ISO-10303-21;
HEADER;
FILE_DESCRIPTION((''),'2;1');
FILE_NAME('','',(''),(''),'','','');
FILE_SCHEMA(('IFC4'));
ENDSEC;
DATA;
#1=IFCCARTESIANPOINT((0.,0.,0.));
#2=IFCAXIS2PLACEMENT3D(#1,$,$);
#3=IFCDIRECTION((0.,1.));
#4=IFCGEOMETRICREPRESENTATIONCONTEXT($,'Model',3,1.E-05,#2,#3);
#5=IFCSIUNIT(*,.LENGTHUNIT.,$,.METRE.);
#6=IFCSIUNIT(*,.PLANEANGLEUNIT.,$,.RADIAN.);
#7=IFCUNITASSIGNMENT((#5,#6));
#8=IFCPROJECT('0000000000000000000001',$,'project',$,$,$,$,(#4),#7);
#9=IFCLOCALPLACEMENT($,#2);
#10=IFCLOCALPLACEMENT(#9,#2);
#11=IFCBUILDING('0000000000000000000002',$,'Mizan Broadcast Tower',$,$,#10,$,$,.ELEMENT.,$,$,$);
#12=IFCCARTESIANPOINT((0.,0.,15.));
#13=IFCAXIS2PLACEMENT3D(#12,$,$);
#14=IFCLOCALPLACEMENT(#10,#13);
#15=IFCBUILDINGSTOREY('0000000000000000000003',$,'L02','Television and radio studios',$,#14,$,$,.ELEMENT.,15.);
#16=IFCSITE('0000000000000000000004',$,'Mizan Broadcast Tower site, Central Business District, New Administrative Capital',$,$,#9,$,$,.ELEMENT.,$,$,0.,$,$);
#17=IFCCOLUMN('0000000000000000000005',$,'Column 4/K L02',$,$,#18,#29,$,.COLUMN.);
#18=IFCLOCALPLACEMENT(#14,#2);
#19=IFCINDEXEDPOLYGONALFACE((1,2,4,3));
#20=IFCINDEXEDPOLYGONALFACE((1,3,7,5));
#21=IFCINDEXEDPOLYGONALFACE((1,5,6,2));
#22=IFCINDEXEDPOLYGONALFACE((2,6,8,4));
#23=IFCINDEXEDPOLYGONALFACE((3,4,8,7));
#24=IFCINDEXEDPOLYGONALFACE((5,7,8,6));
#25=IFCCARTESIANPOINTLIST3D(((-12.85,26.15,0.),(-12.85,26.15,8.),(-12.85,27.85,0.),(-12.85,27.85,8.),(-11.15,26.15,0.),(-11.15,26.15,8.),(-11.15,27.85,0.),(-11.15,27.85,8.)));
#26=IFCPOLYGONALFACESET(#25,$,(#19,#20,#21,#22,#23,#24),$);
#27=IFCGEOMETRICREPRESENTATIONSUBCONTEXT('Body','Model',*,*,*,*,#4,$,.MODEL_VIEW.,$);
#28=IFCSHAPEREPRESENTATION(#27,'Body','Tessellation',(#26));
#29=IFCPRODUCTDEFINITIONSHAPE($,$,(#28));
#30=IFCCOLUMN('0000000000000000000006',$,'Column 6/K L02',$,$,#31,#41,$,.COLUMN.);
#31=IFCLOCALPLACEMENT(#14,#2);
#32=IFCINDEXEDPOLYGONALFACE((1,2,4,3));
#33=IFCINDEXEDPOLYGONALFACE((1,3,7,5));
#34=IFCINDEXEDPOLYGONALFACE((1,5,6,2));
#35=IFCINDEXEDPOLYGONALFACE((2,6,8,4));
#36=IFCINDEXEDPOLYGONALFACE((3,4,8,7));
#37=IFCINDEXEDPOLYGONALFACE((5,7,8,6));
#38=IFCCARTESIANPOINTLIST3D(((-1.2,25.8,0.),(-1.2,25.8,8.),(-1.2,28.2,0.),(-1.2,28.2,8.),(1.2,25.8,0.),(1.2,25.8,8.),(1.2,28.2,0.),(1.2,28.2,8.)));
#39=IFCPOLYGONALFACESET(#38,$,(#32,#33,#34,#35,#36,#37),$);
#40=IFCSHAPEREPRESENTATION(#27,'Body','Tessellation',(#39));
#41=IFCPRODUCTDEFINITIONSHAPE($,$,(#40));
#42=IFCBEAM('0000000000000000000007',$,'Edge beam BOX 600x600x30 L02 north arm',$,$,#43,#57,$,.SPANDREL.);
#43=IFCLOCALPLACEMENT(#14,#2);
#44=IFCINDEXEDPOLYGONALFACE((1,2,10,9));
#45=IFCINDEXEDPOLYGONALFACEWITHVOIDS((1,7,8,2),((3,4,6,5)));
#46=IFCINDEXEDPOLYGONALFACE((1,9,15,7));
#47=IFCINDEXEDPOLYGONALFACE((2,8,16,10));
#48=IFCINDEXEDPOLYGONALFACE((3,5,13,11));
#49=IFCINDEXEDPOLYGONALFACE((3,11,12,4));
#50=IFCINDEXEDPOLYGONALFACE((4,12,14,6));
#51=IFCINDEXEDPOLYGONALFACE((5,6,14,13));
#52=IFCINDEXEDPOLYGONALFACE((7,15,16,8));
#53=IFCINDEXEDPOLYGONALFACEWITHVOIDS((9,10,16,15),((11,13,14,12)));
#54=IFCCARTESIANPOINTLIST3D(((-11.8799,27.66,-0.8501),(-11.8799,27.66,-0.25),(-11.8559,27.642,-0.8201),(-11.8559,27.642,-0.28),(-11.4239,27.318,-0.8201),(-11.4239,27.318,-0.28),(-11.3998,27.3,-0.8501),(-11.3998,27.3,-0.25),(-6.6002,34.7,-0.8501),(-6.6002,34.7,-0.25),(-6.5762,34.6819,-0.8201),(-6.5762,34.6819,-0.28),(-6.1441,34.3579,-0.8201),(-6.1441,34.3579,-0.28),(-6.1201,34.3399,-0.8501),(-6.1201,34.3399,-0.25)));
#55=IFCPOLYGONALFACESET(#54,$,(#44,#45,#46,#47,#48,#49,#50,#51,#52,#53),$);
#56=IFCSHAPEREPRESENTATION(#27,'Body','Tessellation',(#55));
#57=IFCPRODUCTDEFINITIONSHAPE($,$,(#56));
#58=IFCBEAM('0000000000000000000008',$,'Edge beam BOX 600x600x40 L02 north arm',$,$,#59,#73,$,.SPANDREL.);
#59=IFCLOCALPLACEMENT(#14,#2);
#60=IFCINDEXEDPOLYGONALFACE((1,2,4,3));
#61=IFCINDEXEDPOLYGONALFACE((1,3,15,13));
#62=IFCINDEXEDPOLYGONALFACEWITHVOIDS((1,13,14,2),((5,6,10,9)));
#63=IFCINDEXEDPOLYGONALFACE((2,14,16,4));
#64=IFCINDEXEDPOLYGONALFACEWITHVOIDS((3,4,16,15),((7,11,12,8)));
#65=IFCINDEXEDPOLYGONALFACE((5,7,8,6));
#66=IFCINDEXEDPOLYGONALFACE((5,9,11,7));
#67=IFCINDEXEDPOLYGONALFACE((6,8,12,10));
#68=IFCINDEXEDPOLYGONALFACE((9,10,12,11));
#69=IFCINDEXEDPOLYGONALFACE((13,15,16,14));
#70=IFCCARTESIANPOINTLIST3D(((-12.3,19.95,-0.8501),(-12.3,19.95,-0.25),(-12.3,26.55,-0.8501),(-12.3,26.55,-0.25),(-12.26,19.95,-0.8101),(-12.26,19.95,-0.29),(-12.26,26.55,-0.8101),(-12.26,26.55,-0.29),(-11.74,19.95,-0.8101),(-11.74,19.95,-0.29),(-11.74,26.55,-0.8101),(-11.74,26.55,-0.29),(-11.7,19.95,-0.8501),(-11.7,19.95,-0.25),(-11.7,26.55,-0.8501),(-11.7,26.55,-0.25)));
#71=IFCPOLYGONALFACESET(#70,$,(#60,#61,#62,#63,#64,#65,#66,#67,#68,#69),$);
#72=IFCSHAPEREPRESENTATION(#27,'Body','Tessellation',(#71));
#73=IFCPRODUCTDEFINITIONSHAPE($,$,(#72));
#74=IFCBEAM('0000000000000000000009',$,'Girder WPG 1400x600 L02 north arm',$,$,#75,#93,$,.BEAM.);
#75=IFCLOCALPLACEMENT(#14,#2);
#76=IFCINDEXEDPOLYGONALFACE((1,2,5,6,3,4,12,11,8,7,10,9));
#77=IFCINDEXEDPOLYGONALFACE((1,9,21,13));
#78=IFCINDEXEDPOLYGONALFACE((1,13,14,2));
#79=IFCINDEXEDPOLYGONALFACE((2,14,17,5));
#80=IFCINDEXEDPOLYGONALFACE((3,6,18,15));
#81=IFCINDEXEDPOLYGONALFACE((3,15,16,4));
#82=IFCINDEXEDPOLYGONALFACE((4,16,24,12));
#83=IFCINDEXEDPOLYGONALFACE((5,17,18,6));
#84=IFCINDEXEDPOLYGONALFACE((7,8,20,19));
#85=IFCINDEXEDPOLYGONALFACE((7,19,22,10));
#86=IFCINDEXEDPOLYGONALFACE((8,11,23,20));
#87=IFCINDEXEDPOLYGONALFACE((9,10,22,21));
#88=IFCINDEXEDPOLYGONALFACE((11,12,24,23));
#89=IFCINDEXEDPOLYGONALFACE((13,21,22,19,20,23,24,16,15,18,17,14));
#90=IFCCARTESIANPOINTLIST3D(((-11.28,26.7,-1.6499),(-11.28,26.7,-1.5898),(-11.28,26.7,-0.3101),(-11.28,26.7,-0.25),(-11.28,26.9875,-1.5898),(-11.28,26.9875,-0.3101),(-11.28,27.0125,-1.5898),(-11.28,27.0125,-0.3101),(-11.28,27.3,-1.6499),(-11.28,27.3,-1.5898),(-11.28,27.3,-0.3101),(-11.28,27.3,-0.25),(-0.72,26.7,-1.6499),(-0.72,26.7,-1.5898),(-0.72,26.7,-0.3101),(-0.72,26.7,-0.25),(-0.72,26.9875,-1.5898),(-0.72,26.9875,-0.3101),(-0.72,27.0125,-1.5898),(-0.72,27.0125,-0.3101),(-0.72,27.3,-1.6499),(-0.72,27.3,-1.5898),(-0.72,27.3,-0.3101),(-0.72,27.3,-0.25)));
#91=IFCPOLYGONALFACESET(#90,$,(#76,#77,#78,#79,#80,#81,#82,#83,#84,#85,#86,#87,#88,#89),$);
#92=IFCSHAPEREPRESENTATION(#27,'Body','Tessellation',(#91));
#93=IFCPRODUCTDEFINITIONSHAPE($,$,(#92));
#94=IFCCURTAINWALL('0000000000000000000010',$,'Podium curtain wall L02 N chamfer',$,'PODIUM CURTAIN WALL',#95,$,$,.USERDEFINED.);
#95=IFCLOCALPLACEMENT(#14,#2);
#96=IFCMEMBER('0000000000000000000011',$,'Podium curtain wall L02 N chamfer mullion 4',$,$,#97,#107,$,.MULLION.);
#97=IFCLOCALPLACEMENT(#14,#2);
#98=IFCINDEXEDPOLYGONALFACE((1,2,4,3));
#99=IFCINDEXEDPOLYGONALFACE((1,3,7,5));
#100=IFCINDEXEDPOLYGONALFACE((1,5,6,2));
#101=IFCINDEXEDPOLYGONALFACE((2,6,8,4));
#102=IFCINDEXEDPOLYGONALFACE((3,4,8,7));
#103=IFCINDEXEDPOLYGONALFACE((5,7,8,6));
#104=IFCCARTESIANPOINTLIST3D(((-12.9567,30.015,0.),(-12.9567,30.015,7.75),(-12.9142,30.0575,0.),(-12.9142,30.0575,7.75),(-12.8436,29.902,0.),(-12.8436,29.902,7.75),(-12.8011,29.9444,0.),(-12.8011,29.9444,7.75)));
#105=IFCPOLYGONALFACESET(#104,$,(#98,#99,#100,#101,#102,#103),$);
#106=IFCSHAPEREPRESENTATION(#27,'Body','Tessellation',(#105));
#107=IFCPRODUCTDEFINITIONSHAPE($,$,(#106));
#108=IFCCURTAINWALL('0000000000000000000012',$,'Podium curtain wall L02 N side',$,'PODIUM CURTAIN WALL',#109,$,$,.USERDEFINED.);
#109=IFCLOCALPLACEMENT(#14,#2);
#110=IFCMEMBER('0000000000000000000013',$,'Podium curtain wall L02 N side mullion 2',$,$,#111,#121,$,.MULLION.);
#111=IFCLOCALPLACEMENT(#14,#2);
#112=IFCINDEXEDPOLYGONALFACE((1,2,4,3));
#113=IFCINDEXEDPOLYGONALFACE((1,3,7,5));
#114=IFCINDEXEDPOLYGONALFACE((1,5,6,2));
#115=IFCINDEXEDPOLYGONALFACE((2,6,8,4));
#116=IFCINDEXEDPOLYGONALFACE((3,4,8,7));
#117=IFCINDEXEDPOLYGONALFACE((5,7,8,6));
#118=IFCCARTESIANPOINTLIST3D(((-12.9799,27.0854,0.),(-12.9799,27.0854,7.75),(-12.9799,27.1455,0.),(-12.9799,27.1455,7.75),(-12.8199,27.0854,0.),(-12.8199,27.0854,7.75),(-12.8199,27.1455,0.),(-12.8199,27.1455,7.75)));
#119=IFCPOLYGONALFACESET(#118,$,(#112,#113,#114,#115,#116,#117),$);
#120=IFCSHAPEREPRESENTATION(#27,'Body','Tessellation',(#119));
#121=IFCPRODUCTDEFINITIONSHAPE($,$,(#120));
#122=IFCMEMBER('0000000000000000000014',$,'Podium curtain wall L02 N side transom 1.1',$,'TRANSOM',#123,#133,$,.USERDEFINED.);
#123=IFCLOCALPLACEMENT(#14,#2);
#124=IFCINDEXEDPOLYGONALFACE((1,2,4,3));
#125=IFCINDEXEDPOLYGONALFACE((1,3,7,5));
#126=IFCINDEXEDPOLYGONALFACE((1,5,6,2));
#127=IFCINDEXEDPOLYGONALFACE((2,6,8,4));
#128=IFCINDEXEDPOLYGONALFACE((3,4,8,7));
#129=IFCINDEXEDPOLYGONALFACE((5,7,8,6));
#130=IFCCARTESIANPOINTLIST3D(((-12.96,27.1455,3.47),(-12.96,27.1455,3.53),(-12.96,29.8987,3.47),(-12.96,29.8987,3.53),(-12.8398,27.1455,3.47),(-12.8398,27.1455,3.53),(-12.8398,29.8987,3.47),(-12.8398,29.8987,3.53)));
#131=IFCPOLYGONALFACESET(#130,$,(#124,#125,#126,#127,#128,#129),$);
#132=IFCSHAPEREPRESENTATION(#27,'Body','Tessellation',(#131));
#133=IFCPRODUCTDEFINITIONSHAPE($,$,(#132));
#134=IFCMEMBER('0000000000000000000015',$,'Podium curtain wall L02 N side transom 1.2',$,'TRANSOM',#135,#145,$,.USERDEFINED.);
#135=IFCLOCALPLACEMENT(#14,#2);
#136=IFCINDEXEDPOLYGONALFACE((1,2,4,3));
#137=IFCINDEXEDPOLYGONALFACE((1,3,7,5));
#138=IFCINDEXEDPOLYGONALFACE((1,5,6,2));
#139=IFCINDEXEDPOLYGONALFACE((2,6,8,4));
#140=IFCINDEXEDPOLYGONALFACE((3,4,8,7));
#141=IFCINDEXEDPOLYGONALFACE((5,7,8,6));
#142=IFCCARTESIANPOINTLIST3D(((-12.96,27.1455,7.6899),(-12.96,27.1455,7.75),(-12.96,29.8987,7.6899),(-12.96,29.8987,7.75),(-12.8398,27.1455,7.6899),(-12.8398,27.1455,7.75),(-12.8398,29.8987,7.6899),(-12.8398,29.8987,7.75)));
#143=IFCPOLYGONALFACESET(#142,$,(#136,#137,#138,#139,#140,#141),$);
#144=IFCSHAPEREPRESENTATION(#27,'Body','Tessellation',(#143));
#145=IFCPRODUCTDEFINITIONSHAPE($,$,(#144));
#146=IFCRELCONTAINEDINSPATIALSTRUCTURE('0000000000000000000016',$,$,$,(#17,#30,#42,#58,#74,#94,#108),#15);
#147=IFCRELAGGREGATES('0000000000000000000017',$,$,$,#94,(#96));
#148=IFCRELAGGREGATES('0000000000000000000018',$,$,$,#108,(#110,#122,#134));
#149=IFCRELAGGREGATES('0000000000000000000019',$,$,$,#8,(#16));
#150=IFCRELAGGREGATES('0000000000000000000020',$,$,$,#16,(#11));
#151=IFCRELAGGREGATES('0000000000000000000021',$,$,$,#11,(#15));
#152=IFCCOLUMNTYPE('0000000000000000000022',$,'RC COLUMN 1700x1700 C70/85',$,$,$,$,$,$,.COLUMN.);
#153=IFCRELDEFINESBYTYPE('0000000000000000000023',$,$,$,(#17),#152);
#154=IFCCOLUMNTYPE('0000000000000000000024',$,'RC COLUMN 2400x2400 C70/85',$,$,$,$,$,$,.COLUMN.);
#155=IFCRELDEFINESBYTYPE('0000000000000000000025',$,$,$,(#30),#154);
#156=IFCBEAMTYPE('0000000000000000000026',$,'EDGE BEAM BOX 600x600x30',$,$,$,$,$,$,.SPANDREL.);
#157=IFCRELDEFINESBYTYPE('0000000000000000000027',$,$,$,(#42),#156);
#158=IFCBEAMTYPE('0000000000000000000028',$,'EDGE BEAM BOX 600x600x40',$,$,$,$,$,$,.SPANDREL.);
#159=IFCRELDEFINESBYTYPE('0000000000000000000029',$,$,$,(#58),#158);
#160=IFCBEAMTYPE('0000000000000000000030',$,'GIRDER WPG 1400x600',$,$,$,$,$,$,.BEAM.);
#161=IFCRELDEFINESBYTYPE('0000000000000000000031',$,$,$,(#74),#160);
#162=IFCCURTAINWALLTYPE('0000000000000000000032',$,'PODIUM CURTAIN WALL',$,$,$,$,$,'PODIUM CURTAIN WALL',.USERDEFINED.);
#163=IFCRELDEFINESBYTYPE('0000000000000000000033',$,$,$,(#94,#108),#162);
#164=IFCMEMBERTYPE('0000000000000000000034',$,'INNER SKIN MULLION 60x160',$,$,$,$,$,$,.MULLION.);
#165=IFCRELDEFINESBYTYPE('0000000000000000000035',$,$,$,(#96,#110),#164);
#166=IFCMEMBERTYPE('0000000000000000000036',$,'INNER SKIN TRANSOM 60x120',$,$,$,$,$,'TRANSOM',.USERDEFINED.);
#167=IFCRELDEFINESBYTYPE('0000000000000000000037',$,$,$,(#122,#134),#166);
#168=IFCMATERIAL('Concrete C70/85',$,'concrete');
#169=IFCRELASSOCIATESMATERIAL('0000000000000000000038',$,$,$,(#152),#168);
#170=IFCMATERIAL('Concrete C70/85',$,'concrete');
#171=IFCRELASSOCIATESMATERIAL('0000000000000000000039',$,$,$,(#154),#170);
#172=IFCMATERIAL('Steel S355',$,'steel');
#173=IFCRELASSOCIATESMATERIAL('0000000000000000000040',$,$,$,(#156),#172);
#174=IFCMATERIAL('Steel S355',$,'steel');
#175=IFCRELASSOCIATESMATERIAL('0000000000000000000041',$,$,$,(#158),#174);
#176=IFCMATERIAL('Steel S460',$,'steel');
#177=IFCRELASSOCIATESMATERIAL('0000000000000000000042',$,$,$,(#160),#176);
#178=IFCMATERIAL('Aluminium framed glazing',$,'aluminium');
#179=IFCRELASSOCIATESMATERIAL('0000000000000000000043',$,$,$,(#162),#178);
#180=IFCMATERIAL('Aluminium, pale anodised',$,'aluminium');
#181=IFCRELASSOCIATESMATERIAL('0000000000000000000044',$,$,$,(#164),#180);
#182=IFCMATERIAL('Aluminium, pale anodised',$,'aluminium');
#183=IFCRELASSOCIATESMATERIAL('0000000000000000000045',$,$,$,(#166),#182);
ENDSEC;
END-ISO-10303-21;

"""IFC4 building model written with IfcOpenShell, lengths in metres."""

from ifc_helpers import new_model, si_unit, direction, frame, origin, origin_2d, place, context, subcontext, project, spatial, rectangle, hollow_rectangle, i_section, extrude, material, material_profile, profile_set, type_object, element, aggregate, save


model = new_model("IFC4")

# Units and contexts
model_context = context("Model", 3, precision=1e-05, world=origin(), true_north=direction((0.0, 1.0)))
body_context = subcontext(model_context, "Body", "Model", "MODEL_VIEW")
ifc_project = project(units=[si_unit("LENGTHUNIT", "METRE"), si_unit("PLANEANGLEUNIT", "RADIAN")], contexts=[model_context])

# Site, building, storey
site_placement = place(None, origin())
site = spatial("IfcSite", under=ifc_project, at=site_placement, Name="Mizan Broadcast Tower site, Central Business District, New Administrative Capital", CompositionType="ELEMENT", RefElevation=0.0)
building_placement = place(site_placement, origin())
building = spatial("IfcBuilding", under=site, at=building_placement, Name="Mizan Broadcast Tower", CompositionType="ELEMENT")
storey_placement = place(building_placement, frame((0.0, 0.0, 15.0)))
storey = spatial("IfcBuildingStorey", under=building, at=storey_placement, Name="L02", Description="Television and radio studios", CompositionType="ELEMENT", Elevation=15.0)

# Columns
ifc_material_1 = material(Name="Concrete C70/85", Category="concrete")
ifc_material_profile_1 = material_profile(ifc_material_1, rectangle(XDim=1.7, YDim=1.7, at=origin_2d()), Name="RC 1700x1700")
ifc_profile_set_1 = profile_set([ifc_material_profile_1], Name="Concrete C70/85")
column_type_1 = type_object("IfcColumnType", Name="RC COLUMN 1700x1700 C70/85", PredefinedType="COLUMN", material=ifc_profile_set_1)
column_1_placement = place(storey_placement, frame((-12.0, 27.0, 0.0), z_axis=(0.0, 0.0, 1.0), x_axis=(1.0, 0.0, 0.0)))
element("IfcColumn", 1, at=column_1_placement, inside=storey, type_object=column_type_1, Name="Column 4/K L02", PredefinedType="COLUMN", context=body_context, shape_type="SweptSolid", body=[
    extrude(rectangle(XDim=1.7, YDim=1.7, at=origin_2d()), origin(), (0.0, 0.0, 1.0), 8.0),
])
ifc_material_2 = material(Name="Concrete C70/85", Category="concrete")
ifc_material_profile_2 = material_profile(ifc_material_2, rectangle(XDim=2.3999, YDim=2.3999, at=origin_2d()), Name="RC 2400x2400")
ifc_profile_set_2 = profile_set([ifc_material_profile_2], Name="Concrete C70/85")
column_type_2 = type_object("IfcColumnType", Name="RC COLUMN 2400x2400 C70/85", PredefinedType="COLUMN", material=ifc_profile_set_2)
column_2_placement = place(storey_placement, frame((0.0, 27.0, 0.0), z_axis=(0.0, 0.0, 1.0), x_axis=(1.0, 0.0, 0.0)))
element("IfcColumn", 2, at=column_2_placement, inside=storey, type_object=column_type_2, Name="Column 6/K L02", PredefinedType="COLUMN", context=body_context, shape_type="SweptSolid", body=[
    extrude(rectangle(XDim=2.3999, YDim=2.3999, at=origin_2d()), origin(), (0.0, 0.0, 1.0), 8.0),
])

# Beams
ifc_material_3 = material(Name="Steel S355", Category="steel")
ifc_material_profile_3 = material_profile(ifc_material_3, hollow_rectangle(XDim=0.6001, YDim=0.6001, WallThickness=0.03, at=origin_2d()), Name="BOX 600x600x30")
ifc_profile_set_3 = profile_set([ifc_material_profile_3], Name="Steel S355")
beam_type_1 = type_object("IfcBeamType", Name="EDGE BEAM BOX 600x600x30", PredefinedType="SPANDREL", material=ifc_profile_set_3)
beam_1_placement = place(storey_placement, frame((-11.6399, 27.48, -0.55), z_axis=(0.599982, 0.800013, 0.0), x_axis=(-0.800013, 0.599982, 0.0)))
element("IfcBeam", 3, at=beam_1_placement, inside=storey, type_object=beam_type_1, Name="Edge beam BOX 600x600x30 L02 north arm", PredefinedType="SPANDREL", context=body_context, shape_type="SweptSolid", body=[
    extrude(hollow_rectangle(XDim=0.6001, YDim=0.6001, WallThickness=0.03, at=origin_2d()), origin(), (0.0, 0.0, 1.0), 8.7998),
])
ifc_material_4 = material(Name="Steel S355", Category="steel")
ifc_material_profile_4 = material_profile(ifc_material_4, hollow_rectangle(XDim=0.6001, YDim=0.6001, WallThickness=0.04, at=origin_2d()), Name="BOX 600x600x40")
ifc_profile_set_4 = profile_set([ifc_material_profile_4], Name="Steel S355")
beam_type_2 = type_object("IfcBeamType", Name="EDGE BEAM BOX 600x600x40", PredefinedType="SPANDREL", material=ifc_profile_set_4)
beam_2_placement = place(storey_placement, frame((-12.0, 19.95, -0.55), z_axis=(0.0, 1.0, 0.0), x_axis=(-1.0, 0.0, 0.0)))
element("IfcBeam", 4, at=beam_2_placement, inside=storey, type_object=beam_type_2, Name="Edge beam BOX 600x600x40 L02 north arm", PredefinedType="SPANDREL", context=body_context, shape_type="SweptSolid", body=[
    extrude(hollow_rectangle(XDim=0.6001, YDim=0.6001, WallThickness=0.04, at=origin_2d()), origin(), (0.0, 0.0, 1.0), 6.6001),
])
ifc_material_5 = material(Name="Steel S460", Category="steel")
ifc_material_profile_5 = material_profile(ifc_material_5, i_section(OverallWidth=0.6001, OverallDepth=1.3999, WebThickness=0.0249, FlangeThickness=0.0601, at=origin_2d()), Name="WPG 1400x600")
ifc_profile_set_5 = profile_set([ifc_material_profile_5], Name="Steel S460")
beam_type_3 = type_object("IfcBeamType", Name="GIRDER WPG 1400x600", PredefinedType="BEAM", material=ifc_profile_set_5)
beam_3_placement = place(storey_placement, frame((-0.72, 27.0, -0.95), z_axis=(-1.0, 0.0, 0.0), x_axis=(0.0, -1.0, 0.0)))
element("IfcBeam", 5, at=beam_3_placement, inside=storey, type_object=beam_type_3, Name="Girder WPG 1400x600 L02 north arm", PredefinedType="BEAM", context=body_context, shape_type="SweptSolid", body=[
    extrude(i_section(OverallWidth=0.6001, OverallDepth=1.3999, WebThickness=0.0249, FlangeThickness=0.0601, at=origin_2d()), origin(), (0.0, 0.0, 1.0), 10.5601),
])

# Curtain wall, member
ifc_material_6 = material(Name="Aluminium framed glazing", Category="aluminium")
curtain_wall_type = type_object("IfcCurtainWallType", Name="PODIUM CURTAIN WALL", ElementType="PODIUM CURTAIN WALL", PredefinedType="USERDEFINED", material=ifc_material_6)
curtain_wall_1_placement = place(storey_placement, origin())
curtain_wall_1 = element("IfcCurtainWall", 6, at=curtain_wall_1_placement, inside=storey, type_object=curtain_wall_type, Name="Podium curtain wall L02 N chamfer", ObjectType="PODIUM CURTAIN WALL", PredefinedType="USERDEFINED")
ifc_material_7 = material(Name="Aluminium, pale anodised", Category="aluminium")
ifc_material_profile_6 = material_profile(ifc_material_7, rectangle(XDim=0.1599, YDim=0.0601, at=origin_2d()), Name="MULLION 160x60")
ifc_profile_set_6 = profile_set([ifc_material_profile_6], Name="Aluminium, pale anodised")
member_type_1 = type_object("IfcMemberType", Name="INNER SKIN MULLION 60x160", PredefinedType="MULLION", material=ifc_profile_set_6)
member_1_placement = place(storey_placement, frame((-12.8789, 29.9797, 0.0), z_axis=(0.0, 0.0, 1.0), x_axis=(0.707107, -0.707107, 0.0)))
member_1 = element("IfcMember", 7, at=member_1_placement, type_object=member_type_1, Name="Podium curtain wall L02 N chamfer mullion 4", PredefinedType="MULLION", context=body_context, shape_type="SweptSolid", body=[
    extrude(rectangle(XDim=0.1599, YDim=0.0601, at=origin_2d()), origin(), (0.0, 0.0, 1.0), 7.75),
])

# Curtain wall, members
curtain_wall_2_placement = place(storey_placement, origin())
curtain_wall_2 = element("IfcCurtainWall", 8, at=curtain_wall_2_placement, inside=storey, type_object=curtain_wall_type, Name="Podium curtain wall L02 N side", ObjectType="PODIUM CURTAIN WALL", PredefinedType="USERDEFINED")
member_2_placement = place(storey_placement, frame((-12.8999, 27.1155, 0.0), z_axis=(0.0, 0.0, 1.0), x_axis=(1.0, 0.0, 0.0)))
member_2 = element("IfcMember", 9, at=member_2_placement, type_object=member_type_1, Name="Podium curtain wall L02 N side mullion 2", PredefinedType="MULLION", context=body_context, shape_type="SweptSolid", body=[
    extrude(rectangle(XDim=0.1599, YDim=0.0601, at=origin_2d()), origin(), (0.0, 0.0, 1.0), 7.75),
])
ifc_material_8 = material(Name="Aluminium, pale anodised", Category="aluminium")
ifc_material_profile_7 = material_profile(ifc_material_8, rectangle(XDim=0.1201, YDim=0.0601, at=origin_2d()), Name="TRANSOM 120x60")
ifc_profile_set_7 = profile_set([ifc_material_profile_7], Name="Aluminium, pale anodised")
member_type_2 = type_object("IfcMemberType", Name="INNER SKIN TRANSOM 60x120", ElementType="TRANSOM", PredefinedType="USERDEFINED", material=ifc_profile_set_7)
member_3_placement = place(storey_placement, frame((-12.8999, 29.8987, 3.5), z_axis=(0.0, -1.0, 0.0), x_axis=(1.0, 0.0, 0.0)))
member_3 = element("IfcMember", 10, at=member_3_placement, type_object=member_type_2, Name="Podium curtain wall L02 N side transom 1.1", ObjectType="TRANSOM", PredefinedType="USERDEFINED", context=body_context, shape_type="SweptSolid", body=[
    extrude(rectangle(XDim=0.1201, YDim=0.0601, at=origin_2d()), origin(), (0.0, 0.0, 1.0), 2.7532),
])
member_4_placement = place(storey_placement, frame((-12.8999, 29.8987, 7.72), z_axis=(0.0, -1.0, 0.0), x_axis=(1.0, 0.0, 0.0)))
member_4 = element("IfcMember", 11, at=member_4_placement, type_object=member_type_2, Name="Podium curtain wall L02 N side transom 1.2", ObjectType="TRANSOM", PredefinedType="USERDEFINED", context=body_context, shape_type="SweptSolid", body=[
    extrude(rectangle(XDim=0.1201, YDim=0.0601, at=origin_2d()), origin(), (0.0, 0.0, 1.0), 2.7532),
])

aggregate(curtain_wall_1, [member_1])
aggregate(curtain_wall_2, [member_2, member_3, member_4])

save(model, "model.ifc")
